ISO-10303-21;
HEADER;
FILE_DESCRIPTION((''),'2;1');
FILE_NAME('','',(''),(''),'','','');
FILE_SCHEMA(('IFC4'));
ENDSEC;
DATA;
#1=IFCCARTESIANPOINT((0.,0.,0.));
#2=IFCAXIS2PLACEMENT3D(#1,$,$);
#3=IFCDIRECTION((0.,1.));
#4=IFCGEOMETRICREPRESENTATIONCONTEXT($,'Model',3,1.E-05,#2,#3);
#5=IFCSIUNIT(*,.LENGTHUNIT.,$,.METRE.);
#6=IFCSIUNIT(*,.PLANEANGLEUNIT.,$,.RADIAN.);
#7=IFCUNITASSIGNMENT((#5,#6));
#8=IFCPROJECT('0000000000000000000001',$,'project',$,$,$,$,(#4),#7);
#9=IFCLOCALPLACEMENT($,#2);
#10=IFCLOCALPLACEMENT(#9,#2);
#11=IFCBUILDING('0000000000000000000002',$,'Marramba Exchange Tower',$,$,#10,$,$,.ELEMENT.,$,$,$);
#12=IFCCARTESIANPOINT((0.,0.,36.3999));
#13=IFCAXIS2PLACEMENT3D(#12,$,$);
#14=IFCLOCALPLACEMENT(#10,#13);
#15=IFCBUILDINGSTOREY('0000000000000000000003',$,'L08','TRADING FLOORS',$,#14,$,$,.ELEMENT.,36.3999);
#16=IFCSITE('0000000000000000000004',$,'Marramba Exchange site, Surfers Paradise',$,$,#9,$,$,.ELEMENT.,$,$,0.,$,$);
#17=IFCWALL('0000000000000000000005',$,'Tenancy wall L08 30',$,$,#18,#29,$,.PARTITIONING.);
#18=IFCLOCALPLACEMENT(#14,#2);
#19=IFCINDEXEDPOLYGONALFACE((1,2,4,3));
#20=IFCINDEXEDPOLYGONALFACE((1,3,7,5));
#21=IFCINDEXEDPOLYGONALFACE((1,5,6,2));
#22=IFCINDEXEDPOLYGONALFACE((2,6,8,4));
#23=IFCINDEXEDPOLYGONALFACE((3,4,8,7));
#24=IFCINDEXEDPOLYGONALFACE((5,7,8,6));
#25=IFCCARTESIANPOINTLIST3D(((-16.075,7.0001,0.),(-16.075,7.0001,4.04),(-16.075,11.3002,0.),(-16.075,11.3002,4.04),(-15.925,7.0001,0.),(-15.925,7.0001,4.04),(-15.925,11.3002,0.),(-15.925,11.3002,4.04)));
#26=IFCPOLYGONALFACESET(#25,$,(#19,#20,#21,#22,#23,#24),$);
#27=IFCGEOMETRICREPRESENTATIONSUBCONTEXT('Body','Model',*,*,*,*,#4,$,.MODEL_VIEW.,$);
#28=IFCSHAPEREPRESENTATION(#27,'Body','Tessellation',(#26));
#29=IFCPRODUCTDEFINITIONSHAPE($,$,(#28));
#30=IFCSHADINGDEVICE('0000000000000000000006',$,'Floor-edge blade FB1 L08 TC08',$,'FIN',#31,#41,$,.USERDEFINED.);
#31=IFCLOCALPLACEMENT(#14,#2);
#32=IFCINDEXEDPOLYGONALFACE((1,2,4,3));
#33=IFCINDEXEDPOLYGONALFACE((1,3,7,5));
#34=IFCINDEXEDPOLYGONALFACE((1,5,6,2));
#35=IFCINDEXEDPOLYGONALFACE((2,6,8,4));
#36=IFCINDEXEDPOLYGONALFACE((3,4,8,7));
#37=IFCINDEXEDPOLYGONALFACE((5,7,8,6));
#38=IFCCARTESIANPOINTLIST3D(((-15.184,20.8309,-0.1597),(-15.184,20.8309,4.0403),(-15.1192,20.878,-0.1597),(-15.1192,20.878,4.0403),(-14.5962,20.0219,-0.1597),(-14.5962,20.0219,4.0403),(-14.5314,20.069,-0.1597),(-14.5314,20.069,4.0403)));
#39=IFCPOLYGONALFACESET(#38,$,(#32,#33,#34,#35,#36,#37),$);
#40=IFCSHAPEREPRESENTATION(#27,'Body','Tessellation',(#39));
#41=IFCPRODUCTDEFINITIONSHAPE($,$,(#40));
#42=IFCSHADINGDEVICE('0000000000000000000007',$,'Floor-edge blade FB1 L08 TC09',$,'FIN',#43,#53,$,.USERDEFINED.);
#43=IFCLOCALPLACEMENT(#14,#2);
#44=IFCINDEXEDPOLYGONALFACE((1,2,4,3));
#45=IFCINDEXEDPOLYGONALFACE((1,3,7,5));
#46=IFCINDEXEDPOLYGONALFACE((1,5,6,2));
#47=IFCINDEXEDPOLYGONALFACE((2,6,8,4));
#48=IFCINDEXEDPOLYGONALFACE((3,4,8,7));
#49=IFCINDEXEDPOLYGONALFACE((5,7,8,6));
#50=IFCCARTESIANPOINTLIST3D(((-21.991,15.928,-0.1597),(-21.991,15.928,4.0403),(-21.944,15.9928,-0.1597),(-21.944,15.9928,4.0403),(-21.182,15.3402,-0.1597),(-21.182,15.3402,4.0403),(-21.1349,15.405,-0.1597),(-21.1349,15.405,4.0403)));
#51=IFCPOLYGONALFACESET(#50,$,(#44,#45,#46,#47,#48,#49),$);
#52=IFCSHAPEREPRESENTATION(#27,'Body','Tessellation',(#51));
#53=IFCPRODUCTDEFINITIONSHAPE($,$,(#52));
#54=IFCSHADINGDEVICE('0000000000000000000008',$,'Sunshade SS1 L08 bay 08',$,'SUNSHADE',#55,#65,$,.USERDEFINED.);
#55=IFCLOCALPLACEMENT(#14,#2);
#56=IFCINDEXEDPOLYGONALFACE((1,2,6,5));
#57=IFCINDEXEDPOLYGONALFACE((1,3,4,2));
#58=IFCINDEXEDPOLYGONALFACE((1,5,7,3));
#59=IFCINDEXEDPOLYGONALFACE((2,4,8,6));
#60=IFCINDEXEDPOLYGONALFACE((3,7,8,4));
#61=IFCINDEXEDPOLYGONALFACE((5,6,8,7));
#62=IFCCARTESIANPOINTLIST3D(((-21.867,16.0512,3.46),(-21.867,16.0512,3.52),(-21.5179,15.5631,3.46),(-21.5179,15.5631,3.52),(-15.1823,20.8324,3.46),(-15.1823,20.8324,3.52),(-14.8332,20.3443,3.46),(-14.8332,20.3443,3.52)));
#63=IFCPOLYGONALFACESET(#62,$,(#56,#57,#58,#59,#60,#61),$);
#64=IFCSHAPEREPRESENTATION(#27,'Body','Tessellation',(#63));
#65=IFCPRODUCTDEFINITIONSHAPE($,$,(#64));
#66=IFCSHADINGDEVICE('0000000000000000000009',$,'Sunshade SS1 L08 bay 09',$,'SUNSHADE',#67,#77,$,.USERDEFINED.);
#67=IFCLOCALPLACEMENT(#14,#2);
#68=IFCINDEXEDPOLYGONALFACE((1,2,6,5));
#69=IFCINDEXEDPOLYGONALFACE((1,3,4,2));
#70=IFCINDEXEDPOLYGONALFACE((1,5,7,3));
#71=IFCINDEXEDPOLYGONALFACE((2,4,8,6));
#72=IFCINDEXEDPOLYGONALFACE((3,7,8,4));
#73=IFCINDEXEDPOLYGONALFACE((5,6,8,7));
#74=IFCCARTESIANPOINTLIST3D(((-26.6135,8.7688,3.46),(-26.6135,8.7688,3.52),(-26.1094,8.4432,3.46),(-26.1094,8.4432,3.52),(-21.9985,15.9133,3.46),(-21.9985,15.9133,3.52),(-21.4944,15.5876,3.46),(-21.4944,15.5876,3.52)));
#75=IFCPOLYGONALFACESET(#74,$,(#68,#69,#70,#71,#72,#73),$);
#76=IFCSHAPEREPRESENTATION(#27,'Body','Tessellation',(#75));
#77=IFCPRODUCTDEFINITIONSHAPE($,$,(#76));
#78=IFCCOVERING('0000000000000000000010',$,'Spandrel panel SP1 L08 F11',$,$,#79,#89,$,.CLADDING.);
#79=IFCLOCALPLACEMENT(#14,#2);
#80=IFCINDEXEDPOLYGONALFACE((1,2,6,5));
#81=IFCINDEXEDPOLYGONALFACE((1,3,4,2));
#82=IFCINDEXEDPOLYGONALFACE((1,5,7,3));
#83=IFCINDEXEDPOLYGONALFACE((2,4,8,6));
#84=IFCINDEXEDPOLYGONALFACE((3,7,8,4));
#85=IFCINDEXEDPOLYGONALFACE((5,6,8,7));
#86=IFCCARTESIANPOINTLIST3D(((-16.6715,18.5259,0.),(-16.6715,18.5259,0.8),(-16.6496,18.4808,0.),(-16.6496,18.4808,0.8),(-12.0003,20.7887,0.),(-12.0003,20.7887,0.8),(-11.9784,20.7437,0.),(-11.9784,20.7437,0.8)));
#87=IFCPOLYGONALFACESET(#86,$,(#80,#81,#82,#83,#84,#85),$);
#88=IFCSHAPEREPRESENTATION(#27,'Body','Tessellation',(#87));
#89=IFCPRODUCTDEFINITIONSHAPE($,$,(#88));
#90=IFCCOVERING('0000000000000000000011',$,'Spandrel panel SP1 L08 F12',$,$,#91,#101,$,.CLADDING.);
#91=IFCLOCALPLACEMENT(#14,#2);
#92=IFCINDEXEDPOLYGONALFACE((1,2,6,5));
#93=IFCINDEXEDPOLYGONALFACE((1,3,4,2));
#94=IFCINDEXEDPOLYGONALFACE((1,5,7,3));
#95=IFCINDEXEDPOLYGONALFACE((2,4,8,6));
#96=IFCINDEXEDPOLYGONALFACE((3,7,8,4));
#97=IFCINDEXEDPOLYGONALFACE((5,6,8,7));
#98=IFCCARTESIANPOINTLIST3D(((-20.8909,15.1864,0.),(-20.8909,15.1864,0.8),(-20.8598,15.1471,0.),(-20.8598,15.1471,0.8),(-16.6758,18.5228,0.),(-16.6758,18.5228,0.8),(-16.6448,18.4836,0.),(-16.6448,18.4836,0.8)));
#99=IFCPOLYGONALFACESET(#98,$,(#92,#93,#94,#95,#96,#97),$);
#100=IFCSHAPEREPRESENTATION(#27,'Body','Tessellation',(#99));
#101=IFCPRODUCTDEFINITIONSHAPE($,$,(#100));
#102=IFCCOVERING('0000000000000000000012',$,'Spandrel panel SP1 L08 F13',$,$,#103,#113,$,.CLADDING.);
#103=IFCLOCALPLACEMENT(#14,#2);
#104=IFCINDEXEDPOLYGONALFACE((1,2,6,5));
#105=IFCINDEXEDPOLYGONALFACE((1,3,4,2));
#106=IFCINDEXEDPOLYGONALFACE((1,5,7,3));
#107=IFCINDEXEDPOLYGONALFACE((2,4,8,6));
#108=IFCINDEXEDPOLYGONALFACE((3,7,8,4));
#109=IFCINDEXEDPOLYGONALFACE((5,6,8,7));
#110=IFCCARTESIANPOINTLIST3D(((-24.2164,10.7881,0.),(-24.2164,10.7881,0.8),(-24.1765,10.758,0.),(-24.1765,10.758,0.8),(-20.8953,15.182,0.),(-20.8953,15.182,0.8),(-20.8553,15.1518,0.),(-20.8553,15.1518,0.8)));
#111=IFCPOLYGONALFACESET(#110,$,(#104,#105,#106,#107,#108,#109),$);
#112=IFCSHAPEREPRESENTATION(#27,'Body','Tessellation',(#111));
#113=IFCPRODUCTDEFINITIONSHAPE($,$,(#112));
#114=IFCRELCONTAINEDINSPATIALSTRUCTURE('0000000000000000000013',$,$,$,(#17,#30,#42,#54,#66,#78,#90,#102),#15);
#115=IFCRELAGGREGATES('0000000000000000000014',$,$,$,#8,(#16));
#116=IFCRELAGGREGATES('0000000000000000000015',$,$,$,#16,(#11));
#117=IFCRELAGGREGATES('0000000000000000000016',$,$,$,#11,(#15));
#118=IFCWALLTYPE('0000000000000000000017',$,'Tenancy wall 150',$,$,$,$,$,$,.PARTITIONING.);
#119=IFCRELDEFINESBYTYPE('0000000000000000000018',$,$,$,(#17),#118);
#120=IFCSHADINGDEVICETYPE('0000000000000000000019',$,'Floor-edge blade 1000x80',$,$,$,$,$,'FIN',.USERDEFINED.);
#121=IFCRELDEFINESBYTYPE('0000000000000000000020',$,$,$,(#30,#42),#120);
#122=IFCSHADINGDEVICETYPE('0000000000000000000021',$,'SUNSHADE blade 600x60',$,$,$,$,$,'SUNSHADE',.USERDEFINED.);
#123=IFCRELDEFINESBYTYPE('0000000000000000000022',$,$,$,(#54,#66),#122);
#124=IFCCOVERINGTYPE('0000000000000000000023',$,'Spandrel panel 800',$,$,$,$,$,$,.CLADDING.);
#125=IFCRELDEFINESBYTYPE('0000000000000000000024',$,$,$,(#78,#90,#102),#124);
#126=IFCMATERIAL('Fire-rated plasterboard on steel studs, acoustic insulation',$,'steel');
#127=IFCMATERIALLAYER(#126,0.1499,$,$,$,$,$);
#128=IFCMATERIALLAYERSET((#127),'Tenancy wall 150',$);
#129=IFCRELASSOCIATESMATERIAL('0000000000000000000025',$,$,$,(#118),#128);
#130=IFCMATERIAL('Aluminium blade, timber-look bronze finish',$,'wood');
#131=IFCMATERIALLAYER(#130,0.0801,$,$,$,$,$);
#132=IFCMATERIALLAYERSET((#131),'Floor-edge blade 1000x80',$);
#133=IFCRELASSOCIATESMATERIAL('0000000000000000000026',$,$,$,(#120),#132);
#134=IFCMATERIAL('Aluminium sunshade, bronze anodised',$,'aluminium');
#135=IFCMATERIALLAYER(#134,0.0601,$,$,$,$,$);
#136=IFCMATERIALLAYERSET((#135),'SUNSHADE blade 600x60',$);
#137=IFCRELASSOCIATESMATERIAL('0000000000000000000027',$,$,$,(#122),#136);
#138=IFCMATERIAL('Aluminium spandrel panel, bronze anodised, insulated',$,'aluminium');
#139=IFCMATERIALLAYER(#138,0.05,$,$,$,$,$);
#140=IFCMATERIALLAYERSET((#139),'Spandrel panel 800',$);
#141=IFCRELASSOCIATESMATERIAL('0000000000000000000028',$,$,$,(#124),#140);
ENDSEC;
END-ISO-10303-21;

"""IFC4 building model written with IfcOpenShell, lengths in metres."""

from ifc_helpers import new_model, si_unit, direction, frame, frame_2d, origin, origin_2d, place, context, subcontext, project, spatial, rectangle, extrude, material, layer, layer_set, type_object, element, save


model = new_model("IFC4")

# Units and contexts
model_context = context("Model", 3, precision=1e-05, world=origin(), true_north=direction((0.0, 1.0)))
body_context = subcontext(model_context, "Body", "Model", "MODEL_VIEW")
ifc_project = project(units=[si_unit("LENGTHUNIT", "METRE"), si_unit("PLANEANGLEUNIT", "RADIAN")], contexts=[model_context])

# Site, building, storey
site_placement = place(None, origin())
site = spatial("IfcSite", under=ifc_project, at=site_placement, Name="Marramba Exchange site, Surfers Paradise", CompositionType="ELEMENT", RefElevation=0.0)
building_placement = place(site_placement, origin())
building = spatial("IfcBuilding", under=site, at=building_placement, Name="Marramba Exchange Tower", CompositionType="ELEMENT")
storey_placement = place(building_placement, frame((0.0, 0.0, 36.3999)))
storey = spatial("IfcBuildingStorey", under=building, at=storey_placement, Name="L08", Description="TRADING FLOORS", CompositionType="ELEMENT", Elevation=36.3999)

# Wall
ifc_material_1 = material(Name="Fire-rated plasterboard on steel studs, acoustic insulation", Category="steel")
ifc_layer_1 = layer(ifc_material_1, 0.1499)
ifc_layer_set_1 = layer_set([ifc_layer_1], Name="Tenancy wall 150")
wall_type_1 = type_object("IfcWallType", Name="Tenancy wall 150", PredefinedType="PARTITIONING", material=ifc_layer_set_1)
wall_1_placement = place(storey_placement, frame((-16.0, 11.3, 0.0), z_axis=(0.0, 0.0, 1.0), x_axis=(0.0, -1.0, 0.0)))
element("IfcWall", 1, at=wall_1_placement, inside=storey, type_object=wall_type_1, Name="Tenancy wall L08 30", PredefinedType="PARTITIONING", context=body_context, shape_type="SweptSolid", body=[
    extrude(rectangle(XDim=4.3, YDim=0.1499, at=frame_2d((2.1499, 0.0))), origin(), (0.0, 0.0, 1.0), 4.04),
])

# Shading devices
ifc_material_2 = material(Name="Aluminium blade, timber-look bronze finish", Category="wood")
ifc_layer_2 = layer(ifc_material_2, 0.0801)
ifc_layer_set_2 = layer_set([ifc_layer_2], Name="Floor-edge blade 1000x80")
shading_device_type_1 = type_object("IfcShadingDeviceType", Name="Floor-edge blade 1000x80", ElementType="FIN", PredefinedType="USERDEFINED", material=ifc_layer_set_2)
for number, where, z_axis, x_axis, name in (
    (2, (-14.8577, 20.45, -0.1597), (0.0, 0.0, 1.0), (-0.587785, 0.809017, 0.0), "Floor-edge blade FB1 L08 TC08"),
    (3, (-21.563, 15.6665, -0.1597), (0.0, 0.0, 1.0), (-0.809017, 0.587785, 0.0), "Floor-edge blade FB1 L08 TC09"),
):
    element("IfcShadingDevice", number, at=place(storey_placement, frame(where, z_axis=z_axis, x_axis=x_axis)), inside=storey, type_object=shading_device_type_1, Name=name, ObjectType="FIN", PredefinedType="USERDEFINED", context=body_context, shape_type="SweptSolid", body=[
        extrude(rectangle(XDim=1.0, YDim=0.0801, at=origin_2d()), origin(), (0.0, 0.0, 1.0), 4.2),
    ])
ifc_material_3 = material(Name="Aluminium sunshade, bronze anodised", Category="aluminium")
ifc_layer_3 = layer(ifc_material_3, 0.0601)
ifc_layer_set_3 = layer_set([ifc_layer_3], Name="SUNSHADE blade 600x60")
shading_device_type_2 = type_object("IfcShadingDeviceType", Name="SUNSHADE blade 600x60", ElementType="SUNSHADE", PredefinedType="USERDEFINED", material=ifc_layer_set_3)
shading_device_1_placement = place(storey_placement, frame((-18.3501, 18.1978, 3.46), z_axis=(0.0, 0.0, 1.0), x_axis=(-0.813363, -0.581757, 0.0)))
element("IfcShadingDevice", 4, at=shading_device_1_placement, inside=storey, type_object=shading_device_type_2, Name="Sunshade SS1 L08 bay 08", ObjectType="SUNSHADE", PredefinedType="USERDEFINED", context=body_context, shape_type="SweptSolid", body=[
    extrude(rectangle(XDim=8.2185, YDim=0.6001, at=origin_2d()), origin(), (0.0, 0.0, 1.0), 0.0601),
])
shading_device_2_placement = place(storey_placement, frame((-24.054, 12.1782, 3.46), z_axis=(0.0, 0.0, 1.0), x_axis=(-0.542597, -0.839993, 0.0)))
element("IfcShadingDevice", 5, at=shading_device_2_placement, inside=storey, type_object=shading_device_type_2, Name="Sunshade SS1 L08 bay 09", ObjectType="SUNSHADE", PredefinedType="USERDEFINED", context=body_context, shape_type="SweptSolid", body=[
    extrude(rectangle(XDim=8.5054, YDim=0.6001, at=origin_2d()), origin(), (0.0, 0.0, 1.0), 0.0601),
])

# Coverings
ifc_material_4 = material(Name="Aluminium spandrel panel, bronze anodised, insulated", Category="aluminium")
ifc_layer_4 = layer(ifc_material_4, 0.05)
ifc_layer_set_4 = layer_set([ifc_layer_4], Name="Spandrel panel 800")
covering_type = type_object("IfcCoveringType", Name="Spandrel panel 800", PredefinedType="CLADDING", material=ifc_layer_set_4)
covering_1_placement = place(storey_placement, frame((-14.325, 19.6348, 0.0), z_axis=(0.0, 0.0, 1.0), x_axis=(-0.899963, -0.435965, 0.0)))
element("IfcCovering", 6, at=covering_1_placement, inside=storey, type_object=covering_type, Name="Spandrel panel SP1 L08 F11", PredefinedType="CLADDING", context=body_context, shape_type="SweptSolid", body=[
    extrude(rectangle(XDim=5.1904, YDim=0.05, at=origin_2d()), origin(), (0.0, 0.0, 1.0), 0.8),
])
covering_2_placement = place(storey_placement, frame((-18.7678, 16.835, 0.0), z_axis=(0.0, 0.0, 1.0), x_axis=(-0.784088, -0.62065, 0.0)))
element("IfcCovering", 7, at=covering_2_placement, inside=storey, type_object=covering_type, Name="Spandrel panel SP1 L08 F12", PredefinedType="CLADDING", context=body_context, shape_type="SweptSolid", body=[
    extrude(rectangle(XDim=5.3757, YDim=0.05, at=origin_2d()), origin(), (0.0, 0.0, 1.0), 0.8),
])
covering_3_placement = place(storey_placement, frame((-22.5359, 12.97, 0.0), z_axis=(0.0, 0.0, 1.0), x_axis=(-0.60299, -0.797749, 0.0)))
element("IfcCovering", 8, at=covering_3_placement, inside=storey, type_object=covering_type, Name="Spandrel panel SP1 L08 F13", PredefinedType="CLADDING", context=body_context, shape_type="SweptSolid", body=[
    extrude(rectangle(XDim=5.5078, YDim=0.05, at=origin_2d()), origin(), (0.0, 0.0, 1.0), 0.8),
])

save(model, "model.ifc")
